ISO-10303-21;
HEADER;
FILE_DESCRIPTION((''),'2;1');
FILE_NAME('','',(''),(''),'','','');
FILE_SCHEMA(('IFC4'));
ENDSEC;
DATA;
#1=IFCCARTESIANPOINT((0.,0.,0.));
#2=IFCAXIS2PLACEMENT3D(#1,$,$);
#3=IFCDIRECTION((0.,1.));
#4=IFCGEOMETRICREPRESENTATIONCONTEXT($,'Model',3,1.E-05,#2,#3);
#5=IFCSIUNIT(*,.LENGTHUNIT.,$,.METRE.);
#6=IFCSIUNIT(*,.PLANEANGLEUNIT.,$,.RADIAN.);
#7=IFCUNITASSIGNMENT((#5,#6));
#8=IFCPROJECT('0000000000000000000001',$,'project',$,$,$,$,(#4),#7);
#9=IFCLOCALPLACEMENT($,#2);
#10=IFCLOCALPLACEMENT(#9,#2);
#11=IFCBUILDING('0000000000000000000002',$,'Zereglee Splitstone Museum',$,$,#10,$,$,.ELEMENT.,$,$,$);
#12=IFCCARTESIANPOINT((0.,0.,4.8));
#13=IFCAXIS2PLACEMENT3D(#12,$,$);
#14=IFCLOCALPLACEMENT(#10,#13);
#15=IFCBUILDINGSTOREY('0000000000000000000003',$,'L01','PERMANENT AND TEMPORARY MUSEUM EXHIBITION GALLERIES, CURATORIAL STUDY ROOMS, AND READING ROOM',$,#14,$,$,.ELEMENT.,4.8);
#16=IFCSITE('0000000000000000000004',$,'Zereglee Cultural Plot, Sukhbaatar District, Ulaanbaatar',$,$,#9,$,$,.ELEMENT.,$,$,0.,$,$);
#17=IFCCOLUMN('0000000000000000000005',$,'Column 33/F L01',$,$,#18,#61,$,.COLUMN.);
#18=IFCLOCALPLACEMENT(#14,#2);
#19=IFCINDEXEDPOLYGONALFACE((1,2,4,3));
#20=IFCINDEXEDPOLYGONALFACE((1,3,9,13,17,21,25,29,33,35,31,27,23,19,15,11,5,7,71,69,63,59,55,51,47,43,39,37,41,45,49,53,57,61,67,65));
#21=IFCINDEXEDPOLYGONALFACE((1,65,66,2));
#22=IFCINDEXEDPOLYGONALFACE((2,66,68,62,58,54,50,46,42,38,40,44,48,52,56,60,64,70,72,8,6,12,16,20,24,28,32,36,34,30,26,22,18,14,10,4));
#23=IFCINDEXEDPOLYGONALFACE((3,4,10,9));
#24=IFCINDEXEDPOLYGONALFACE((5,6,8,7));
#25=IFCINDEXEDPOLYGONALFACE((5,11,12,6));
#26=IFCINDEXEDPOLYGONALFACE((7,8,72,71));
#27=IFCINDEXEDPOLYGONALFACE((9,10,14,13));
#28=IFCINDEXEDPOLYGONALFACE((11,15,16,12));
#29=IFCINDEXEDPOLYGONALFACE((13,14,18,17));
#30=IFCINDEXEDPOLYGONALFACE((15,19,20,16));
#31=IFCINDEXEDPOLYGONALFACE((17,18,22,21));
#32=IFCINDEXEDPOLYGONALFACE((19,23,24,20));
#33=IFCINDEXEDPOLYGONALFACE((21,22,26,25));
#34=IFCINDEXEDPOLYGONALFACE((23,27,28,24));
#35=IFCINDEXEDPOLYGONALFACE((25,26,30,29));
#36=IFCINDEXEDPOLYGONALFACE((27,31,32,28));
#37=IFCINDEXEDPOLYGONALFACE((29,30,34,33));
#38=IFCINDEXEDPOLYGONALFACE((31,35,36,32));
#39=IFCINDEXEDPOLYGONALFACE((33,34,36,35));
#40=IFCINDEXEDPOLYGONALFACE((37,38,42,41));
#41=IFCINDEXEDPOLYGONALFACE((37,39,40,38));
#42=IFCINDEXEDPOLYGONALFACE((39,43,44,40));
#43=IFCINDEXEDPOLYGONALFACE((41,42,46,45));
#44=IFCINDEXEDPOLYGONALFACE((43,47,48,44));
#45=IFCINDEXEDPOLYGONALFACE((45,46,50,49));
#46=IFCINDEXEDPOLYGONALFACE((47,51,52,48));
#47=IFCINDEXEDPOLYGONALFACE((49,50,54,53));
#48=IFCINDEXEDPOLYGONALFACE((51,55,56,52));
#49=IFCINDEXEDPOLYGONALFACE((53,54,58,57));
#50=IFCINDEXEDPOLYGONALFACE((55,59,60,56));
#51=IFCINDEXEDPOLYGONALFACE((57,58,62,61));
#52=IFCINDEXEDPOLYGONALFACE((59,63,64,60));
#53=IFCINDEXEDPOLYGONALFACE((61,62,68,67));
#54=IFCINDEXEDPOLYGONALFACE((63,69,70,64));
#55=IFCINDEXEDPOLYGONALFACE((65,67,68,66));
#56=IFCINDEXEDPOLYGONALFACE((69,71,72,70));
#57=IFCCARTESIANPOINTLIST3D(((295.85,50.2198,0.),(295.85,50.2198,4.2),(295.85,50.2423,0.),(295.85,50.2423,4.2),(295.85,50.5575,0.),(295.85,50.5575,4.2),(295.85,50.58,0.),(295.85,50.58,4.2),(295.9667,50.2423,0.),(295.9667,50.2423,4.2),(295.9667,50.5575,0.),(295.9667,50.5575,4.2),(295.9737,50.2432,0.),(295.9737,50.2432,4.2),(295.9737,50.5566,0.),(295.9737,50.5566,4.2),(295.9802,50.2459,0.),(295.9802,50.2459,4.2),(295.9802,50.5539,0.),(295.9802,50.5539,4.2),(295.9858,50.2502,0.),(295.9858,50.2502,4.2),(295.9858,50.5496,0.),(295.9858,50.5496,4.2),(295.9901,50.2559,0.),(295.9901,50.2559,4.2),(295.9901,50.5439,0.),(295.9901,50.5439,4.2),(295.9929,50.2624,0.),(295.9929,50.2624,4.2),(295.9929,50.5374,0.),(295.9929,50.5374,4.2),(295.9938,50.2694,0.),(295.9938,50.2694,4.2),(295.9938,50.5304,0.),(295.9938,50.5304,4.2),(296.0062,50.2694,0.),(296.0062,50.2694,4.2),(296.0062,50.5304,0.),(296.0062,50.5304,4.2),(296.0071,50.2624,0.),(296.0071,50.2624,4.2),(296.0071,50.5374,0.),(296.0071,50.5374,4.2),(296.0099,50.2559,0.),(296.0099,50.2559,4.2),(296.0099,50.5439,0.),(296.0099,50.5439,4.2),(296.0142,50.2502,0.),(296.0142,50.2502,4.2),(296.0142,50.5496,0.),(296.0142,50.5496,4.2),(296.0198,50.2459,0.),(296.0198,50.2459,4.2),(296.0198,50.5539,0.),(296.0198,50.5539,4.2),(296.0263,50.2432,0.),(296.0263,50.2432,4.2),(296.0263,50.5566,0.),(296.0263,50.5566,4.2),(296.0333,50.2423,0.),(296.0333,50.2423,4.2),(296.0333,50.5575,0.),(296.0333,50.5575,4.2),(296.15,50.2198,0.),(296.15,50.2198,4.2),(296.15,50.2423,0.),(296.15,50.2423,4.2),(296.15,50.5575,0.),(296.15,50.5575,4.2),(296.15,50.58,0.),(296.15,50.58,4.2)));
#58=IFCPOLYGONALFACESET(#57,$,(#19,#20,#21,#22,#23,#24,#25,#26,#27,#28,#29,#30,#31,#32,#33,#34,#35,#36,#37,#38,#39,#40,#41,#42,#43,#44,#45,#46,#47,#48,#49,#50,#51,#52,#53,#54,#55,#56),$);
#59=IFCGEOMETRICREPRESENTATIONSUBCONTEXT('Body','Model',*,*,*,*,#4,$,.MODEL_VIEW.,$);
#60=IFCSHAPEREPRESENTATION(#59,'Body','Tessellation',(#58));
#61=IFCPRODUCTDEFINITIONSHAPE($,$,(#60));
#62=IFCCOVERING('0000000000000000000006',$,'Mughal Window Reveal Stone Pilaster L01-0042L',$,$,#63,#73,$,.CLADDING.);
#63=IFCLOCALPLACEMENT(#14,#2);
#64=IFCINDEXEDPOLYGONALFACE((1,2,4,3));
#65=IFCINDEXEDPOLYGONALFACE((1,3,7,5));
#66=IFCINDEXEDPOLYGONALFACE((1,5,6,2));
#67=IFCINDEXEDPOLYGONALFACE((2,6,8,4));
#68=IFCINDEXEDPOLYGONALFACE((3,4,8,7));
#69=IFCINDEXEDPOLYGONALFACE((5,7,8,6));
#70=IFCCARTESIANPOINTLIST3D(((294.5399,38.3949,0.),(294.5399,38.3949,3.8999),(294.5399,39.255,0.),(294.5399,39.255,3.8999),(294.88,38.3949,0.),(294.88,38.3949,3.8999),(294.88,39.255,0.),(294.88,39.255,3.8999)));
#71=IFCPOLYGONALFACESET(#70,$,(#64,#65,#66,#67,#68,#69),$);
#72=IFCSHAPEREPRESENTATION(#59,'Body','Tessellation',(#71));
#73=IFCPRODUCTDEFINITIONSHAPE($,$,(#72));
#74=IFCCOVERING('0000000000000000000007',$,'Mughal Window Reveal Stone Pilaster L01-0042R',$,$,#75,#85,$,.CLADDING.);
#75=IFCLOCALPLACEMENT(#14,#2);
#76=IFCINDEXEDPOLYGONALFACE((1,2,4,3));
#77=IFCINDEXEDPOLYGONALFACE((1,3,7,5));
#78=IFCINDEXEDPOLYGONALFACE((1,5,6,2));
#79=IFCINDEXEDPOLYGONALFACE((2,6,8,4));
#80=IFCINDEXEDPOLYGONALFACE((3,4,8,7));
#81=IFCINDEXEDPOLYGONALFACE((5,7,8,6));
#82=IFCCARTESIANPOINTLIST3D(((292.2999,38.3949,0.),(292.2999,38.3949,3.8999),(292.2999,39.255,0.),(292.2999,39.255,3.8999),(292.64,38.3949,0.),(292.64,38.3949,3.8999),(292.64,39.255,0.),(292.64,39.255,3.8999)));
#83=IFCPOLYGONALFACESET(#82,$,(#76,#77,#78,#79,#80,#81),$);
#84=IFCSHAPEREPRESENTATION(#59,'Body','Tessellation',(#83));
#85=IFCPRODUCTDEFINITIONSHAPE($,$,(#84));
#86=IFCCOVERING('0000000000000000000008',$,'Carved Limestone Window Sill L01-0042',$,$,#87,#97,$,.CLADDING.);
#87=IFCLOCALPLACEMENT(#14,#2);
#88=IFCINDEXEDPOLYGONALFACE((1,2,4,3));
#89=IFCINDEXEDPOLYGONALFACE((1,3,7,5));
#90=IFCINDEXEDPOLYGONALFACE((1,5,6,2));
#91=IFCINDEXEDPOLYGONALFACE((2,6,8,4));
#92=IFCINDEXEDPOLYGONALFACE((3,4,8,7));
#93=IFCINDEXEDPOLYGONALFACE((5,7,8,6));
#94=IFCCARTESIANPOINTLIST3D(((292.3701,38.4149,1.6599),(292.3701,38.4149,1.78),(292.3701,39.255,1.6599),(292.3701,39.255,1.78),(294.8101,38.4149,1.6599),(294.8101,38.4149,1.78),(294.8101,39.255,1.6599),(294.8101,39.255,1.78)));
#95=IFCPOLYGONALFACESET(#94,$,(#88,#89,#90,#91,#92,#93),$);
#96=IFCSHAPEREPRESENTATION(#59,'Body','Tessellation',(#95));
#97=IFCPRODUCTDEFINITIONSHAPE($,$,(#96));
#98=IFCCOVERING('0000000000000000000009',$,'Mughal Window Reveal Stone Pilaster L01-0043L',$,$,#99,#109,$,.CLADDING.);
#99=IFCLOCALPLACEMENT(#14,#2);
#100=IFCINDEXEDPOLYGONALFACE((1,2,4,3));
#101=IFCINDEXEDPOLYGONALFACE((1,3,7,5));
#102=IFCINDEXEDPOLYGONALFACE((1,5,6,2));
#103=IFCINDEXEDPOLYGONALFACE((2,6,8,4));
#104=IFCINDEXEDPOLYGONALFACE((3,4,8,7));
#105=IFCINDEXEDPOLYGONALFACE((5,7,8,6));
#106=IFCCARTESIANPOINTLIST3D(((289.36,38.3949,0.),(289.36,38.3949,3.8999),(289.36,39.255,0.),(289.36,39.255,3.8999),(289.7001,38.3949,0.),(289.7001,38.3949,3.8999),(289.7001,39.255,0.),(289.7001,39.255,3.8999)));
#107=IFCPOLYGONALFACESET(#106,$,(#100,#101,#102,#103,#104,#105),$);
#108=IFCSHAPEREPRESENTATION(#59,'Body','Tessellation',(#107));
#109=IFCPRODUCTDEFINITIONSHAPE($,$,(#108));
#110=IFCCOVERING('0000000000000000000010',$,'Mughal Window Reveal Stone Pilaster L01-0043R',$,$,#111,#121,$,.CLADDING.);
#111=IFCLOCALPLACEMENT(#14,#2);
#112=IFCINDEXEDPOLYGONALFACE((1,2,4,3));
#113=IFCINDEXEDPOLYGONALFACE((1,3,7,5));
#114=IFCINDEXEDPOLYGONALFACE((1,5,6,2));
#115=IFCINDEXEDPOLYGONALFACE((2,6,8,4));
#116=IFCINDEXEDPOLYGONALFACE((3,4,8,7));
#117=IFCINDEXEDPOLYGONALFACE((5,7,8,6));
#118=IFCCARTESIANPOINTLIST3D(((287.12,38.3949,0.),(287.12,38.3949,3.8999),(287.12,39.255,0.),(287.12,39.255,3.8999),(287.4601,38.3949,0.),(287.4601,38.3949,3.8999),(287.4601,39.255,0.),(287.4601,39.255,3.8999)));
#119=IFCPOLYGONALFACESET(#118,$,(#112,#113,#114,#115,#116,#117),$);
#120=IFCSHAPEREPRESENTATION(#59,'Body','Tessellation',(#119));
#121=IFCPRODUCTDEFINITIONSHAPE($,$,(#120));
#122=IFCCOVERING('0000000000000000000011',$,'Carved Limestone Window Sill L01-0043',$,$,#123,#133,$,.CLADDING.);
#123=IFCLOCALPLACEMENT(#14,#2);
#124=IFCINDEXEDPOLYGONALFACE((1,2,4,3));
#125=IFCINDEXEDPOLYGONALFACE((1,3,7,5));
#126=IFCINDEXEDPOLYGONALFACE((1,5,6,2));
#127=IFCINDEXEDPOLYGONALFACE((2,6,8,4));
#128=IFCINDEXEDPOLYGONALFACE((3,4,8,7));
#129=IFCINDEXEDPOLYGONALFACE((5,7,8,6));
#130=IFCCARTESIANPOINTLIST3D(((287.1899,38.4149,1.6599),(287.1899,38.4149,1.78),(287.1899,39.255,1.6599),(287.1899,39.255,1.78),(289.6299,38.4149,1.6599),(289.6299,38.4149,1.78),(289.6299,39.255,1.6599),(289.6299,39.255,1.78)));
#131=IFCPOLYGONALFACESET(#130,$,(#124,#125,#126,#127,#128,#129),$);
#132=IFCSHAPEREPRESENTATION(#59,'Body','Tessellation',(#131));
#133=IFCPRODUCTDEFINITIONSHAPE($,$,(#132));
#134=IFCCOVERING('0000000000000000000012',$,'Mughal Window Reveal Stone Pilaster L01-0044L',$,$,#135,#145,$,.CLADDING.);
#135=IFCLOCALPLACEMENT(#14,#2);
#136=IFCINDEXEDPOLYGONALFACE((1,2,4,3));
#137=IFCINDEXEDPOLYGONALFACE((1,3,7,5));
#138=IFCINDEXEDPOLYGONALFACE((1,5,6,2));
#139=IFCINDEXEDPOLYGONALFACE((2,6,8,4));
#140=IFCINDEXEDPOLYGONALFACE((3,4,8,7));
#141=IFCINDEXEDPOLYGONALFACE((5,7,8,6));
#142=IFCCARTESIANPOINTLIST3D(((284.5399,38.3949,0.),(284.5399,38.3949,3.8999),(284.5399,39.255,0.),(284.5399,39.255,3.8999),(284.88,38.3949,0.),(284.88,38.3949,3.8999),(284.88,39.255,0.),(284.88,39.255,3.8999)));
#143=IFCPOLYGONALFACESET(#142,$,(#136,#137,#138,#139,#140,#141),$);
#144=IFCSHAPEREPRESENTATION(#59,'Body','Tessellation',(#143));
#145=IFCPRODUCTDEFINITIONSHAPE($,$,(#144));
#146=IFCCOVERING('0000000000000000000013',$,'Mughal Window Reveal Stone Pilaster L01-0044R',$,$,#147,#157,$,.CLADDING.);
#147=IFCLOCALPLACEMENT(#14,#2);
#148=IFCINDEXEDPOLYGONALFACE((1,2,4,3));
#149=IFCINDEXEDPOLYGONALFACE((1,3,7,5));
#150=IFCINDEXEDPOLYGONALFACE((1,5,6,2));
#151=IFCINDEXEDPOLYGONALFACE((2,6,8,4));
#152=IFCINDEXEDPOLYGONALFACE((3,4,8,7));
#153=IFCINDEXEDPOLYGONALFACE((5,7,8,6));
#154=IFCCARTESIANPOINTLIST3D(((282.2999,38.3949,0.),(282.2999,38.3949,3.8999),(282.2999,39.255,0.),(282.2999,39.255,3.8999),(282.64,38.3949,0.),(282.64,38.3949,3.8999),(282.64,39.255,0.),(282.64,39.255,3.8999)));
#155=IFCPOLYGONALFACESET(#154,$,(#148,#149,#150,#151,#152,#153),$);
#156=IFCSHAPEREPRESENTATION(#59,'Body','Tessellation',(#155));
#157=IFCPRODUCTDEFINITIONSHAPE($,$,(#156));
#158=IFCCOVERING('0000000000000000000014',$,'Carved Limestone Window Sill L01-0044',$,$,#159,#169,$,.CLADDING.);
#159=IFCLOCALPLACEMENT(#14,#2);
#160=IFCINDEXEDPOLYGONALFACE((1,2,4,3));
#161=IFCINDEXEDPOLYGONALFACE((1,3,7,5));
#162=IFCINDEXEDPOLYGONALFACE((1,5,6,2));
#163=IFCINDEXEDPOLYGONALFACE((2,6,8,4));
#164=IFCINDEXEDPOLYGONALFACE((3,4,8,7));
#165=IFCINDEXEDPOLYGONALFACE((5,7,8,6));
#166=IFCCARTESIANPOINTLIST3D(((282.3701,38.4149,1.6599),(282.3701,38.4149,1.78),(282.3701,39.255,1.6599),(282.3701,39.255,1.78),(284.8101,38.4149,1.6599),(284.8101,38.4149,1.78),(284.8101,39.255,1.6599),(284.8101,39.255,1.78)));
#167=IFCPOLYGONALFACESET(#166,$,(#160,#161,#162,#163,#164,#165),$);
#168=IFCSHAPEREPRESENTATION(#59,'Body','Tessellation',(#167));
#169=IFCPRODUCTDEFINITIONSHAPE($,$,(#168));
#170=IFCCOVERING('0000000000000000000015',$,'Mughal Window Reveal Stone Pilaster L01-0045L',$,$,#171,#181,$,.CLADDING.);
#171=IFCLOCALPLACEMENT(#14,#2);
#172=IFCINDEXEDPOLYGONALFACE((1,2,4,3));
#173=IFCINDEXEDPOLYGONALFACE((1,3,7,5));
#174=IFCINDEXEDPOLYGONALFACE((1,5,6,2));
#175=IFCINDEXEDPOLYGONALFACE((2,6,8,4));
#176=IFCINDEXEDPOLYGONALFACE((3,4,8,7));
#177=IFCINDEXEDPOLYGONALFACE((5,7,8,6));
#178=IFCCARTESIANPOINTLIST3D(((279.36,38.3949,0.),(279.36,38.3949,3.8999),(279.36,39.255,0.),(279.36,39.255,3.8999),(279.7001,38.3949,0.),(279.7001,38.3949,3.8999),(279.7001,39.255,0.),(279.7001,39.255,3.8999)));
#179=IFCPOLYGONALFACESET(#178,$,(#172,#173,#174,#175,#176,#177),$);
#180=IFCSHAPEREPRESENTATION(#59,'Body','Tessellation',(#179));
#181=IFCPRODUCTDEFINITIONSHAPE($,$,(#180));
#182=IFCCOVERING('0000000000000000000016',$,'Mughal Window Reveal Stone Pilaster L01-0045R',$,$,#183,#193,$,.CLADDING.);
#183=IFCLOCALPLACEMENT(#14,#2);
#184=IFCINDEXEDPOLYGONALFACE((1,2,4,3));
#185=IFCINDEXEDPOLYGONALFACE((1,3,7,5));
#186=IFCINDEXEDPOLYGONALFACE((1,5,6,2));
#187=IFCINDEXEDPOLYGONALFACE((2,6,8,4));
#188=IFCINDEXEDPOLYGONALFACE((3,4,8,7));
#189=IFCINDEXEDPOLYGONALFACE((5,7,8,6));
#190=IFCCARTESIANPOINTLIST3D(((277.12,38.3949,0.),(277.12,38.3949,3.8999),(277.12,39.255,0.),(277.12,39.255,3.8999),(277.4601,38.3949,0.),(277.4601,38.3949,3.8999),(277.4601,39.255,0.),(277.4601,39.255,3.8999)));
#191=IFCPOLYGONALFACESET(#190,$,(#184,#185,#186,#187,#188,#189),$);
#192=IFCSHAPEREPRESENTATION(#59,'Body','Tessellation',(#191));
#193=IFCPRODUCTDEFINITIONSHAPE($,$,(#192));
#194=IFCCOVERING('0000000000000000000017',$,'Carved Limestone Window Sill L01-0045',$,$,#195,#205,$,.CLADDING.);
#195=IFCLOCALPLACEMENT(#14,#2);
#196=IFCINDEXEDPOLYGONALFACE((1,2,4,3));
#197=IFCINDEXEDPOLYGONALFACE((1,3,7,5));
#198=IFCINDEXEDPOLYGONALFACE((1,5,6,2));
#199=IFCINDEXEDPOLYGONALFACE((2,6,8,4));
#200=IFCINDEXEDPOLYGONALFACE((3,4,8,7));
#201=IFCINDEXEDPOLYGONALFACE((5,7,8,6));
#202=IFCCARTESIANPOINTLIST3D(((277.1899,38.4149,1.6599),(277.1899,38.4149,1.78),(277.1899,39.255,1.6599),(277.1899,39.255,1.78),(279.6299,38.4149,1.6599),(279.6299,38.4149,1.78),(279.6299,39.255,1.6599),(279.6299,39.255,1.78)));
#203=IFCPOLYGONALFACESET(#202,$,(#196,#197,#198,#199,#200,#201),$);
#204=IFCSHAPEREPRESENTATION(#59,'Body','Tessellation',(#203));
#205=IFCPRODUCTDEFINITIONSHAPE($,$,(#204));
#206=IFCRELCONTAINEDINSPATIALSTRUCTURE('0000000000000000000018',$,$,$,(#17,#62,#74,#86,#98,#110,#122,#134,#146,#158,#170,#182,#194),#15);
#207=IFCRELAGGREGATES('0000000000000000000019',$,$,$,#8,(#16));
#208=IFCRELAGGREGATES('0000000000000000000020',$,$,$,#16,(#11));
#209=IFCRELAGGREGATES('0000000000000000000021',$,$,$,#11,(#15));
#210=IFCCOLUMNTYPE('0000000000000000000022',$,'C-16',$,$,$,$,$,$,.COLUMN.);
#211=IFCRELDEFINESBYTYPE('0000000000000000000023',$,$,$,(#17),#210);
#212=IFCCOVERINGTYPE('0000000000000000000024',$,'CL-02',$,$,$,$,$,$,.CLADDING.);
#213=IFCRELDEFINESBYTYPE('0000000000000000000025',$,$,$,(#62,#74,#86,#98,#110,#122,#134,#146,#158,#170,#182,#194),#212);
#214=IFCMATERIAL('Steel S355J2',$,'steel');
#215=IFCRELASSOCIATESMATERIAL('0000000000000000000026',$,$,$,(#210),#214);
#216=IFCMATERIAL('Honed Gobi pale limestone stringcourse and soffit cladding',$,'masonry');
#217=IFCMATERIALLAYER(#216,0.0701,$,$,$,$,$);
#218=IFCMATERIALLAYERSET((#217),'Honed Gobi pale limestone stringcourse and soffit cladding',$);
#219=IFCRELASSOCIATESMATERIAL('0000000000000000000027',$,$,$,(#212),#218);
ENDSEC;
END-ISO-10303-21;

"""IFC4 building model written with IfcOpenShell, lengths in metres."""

from ifc_helpers import new_model, si_unit, direction, frame, origin, origin_2d, place, context, subcontext, project, spatial, rectangle, i_section, extrude, material, layer, layer_set, material_profile, profile_set, type_object, element, save


model = new_model("IFC4")

# Units and contexts
model_context = context("Model", 3, precision=1e-05, world=origin(), true_north=direction((0.0, 1.0)))
body_context = subcontext(model_context, "Body", "Model", "MODEL_VIEW")
ifc_project = project(units=[si_unit("LENGTHUNIT", "METRE"), si_unit("PLANEANGLEUNIT", "RADIAN")], contexts=[model_context])

# Site, building, storey
site_placement = place(None, origin())
site = spatial("IfcSite", under=ifc_project, at=site_placement, Name="Zereglee Cultural Plot, Sukhbaatar District, Ulaanbaatar", CompositionType="ELEMENT", RefElevation=0.0)
building_placement = place(site_placement, origin())
building = spatial("IfcBuilding", under=site, at=building_placement, Name="Zereglee Splitstone Museum", CompositionType="ELEMENT")
storey_placement = place(building_placement, frame((0.0, 0.0, 4.8)))
storey = spatial("IfcBuildingStorey", under=building, at=storey_placement, Name="L01", Description="PERMANENT AND TEMPORARY MUSEUM EXHIBITION GALLERIES, CURATORIAL STUDY ROOMS, AND READING ROOM", CompositionType="ELEMENT", Elevation=4.8)

# Column
ifc_material_1 = material(Name="Steel S355J2", Category="steel")
ifc_material_profile = material_profile(ifc_material_1, i_section(OverallWidth=0.3, OverallDepth=0.3601, WebThickness=0.0125, FlangeThickness=0.0225, FilletRadius=0.0271, at=origin_2d()), Name="HE 360 B")
ifc_profile_set = profile_set([ifc_material_profile], Name="Steel S355J2")
column_type = type_object("IfcColumnType", Name="C-16", PredefinedType="COLUMN", material=ifc_profile_set)
column_placement = place(storey_placement, frame((296.0, 50.3999, 0.0), z_axis=(0.0, 0.0, 1.0), x_axis=(1.0, 0.0, 0.0)))
element("IfcColumn", 1, at=column_placement, inside=storey, type_object=column_type, Name="Column 33/F L01", PredefinedType="COLUMN", context=body_context, shape_type="SweptSolid", body=[
    extrude(i_section(OverallWidth=0.3, OverallDepth=0.3601, WebThickness=0.0125, FlangeThickness=0.0225, FilletRadius=0.0271, at=origin_2d()), origin(), (0.0, 0.0, 1.0), 4.2),
])

# Coverings
ifc_material_2 = material(Name="Honed Gobi pale limestone stringcourse and soffit cladding", Category="masonry")
ifc_layer_1 = layer(ifc_material_2, 0.0701)
ifc_layer_set_1 = layer_set([ifc_layer_1], Name="Honed Gobi pale limestone stringcourse and soffit cladding")
covering_type_1 = type_object("IfcCoveringType", Name="CL-02", PredefinedType="CLADDING", material=ifc_layer_set_1)
for number, where, z_axis, x_axis, name in (
    (2, (294.71, 38.825, 0.0), (0.0, 0.0, 1.0), (-1.0, 0.0, 0.0), "Mughal Window Reveal Stone Pilaster L01-0042L"),
    (3, (292.47, 38.825, 0.0), (0.0, 0.0, 1.0), (-1.0, 0.0, 0.0), "Mughal Window Reveal Stone Pilaster L01-0042R"),
):
    element("IfcCovering", number, at=place(storey_placement, frame(where, z_axis=z_axis, x_axis=x_axis)), inside=storey, type_object=covering_type_1, Name=name, PredefinedType="CLADDING", context=body_context, shape_type="SweptSolid", body=[
        extrude(rectangle(XDim=0.3401, YDim=0.8601, at=origin_2d()), origin(), (0.0, 0.0, 1.0), 3.8999),
    ])
covering_1_placement = place(storey_placement, frame((293.5901, 38.835, 1.6599), z_axis=(0.0, 0.0, 1.0), x_axis=(-1.0, 0.0, 0.0)))
element("IfcCovering", 4, at=covering_1_placement, inside=storey, type_object=covering_type_1, Name="Carved Limestone Window Sill L01-0042", PredefinedType="CLADDING", context=body_context, shape_type="SweptSolid", body=[
    extrude(rectangle(XDim=2.4399, YDim=0.8401, at=origin_2d()), origin(), (0.0, 0.0, 1.0), 0.1201),
])
for number, where, z_axis, x_axis, name in (
    (5, (289.53, 38.825, 0.0), (0.0, 0.0, 1.0), (-1.0, 0.0, 0.0), "Mughal Window Reveal Stone Pilaster L01-0043L"),
    (6, (287.29, 38.825, 0.0), (0.0, 0.0, 1.0), (-1.0, 0.0, 0.0), "Mughal Window Reveal Stone Pilaster L01-0043R"),
):
    element("IfcCovering", number, at=place(storey_placement, frame(where, z_axis=z_axis, x_axis=x_axis)), inside=storey, type_object=covering_type_1, Name=name, PredefinedType="CLADDING", context=body_context, shape_type="SweptSolid", body=[
        extrude(rectangle(XDim=0.3401, YDim=0.8601, at=origin_2d()), origin(), (0.0, 0.0, 1.0), 3.8999),
    ])
covering_2_placement = place(storey_placement, frame((288.4099, 38.835, 1.6599), z_axis=(0.0, 0.0, 1.0), x_axis=(-1.0, 0.0, 0.0)))
element("IfcCovering", 7, at=covering_2_placement, inside=storey, type_object=covering_type_1, Name="Carved Limestone Window Sill L01-0043", PredefinedType="CLADDING", context=body_context, shape_type="SweptSolid", body=[
    extrude(rectangle(XDim=2.4399, YDim=0.8401, at=origin_2d()), origin(), (0.0, 0.0, 1.0), 0.1201),
])
for number, where, z_axis, x_axis, name in (
    (8, (284.71, 38.825, 0.0), (0.0, 0.0, 1.0), (-1.0, 0.0, 0.0), "Mughal Window Reveal Stone Pilaster L01-0044L"),
    (9, (282.47, 38.825, 0.0), (0.0, 0.0, 1.0), (-1.0, 0.0, 0.0), "Mughal Window Reveal Stone Pilaster L01-0044R"),
):
    element("IfcCovering", number, at=place(storey_placement, frame(where, z_axis=z_axis, x_axis=x_axis)), inside=storey, type_object=covering_type_1, Name=name, PredefinedType="CLADDING", context=body_context, shape_type="SweptSolid", body=[
        extrude(rectangle(XDim=0.3401, YDim=0.8601, at=origin_2d()), origin(), (0.0, 0.0, 1.0), 3.8999),
    ])
covering_3_placement = place(storey_placement, frame((283.5901, 38.835, 1.6599), z_axis=(0.0, 0.0, 1.0), x_axis=(-1.0, 0.0, 0.0)))
element("IfcCovering", 10, at=covering_3_placement, inside=storey, type_object=covering_type_1, Name="Carved Limestone Window Sill L01-0044", PredefinedType="CLADDING", context=body_context, shape_type="SweptSolid", body=[
    extrude(rectangle(XDim=2.4399, YDim=0.8401, at=origin_2d()), origin(), (0.0, 0.0, 1.0), 0.1201),
])
for number, where, z_axis, x_axis, name in (
    (11, (279.53, 38.825, 0.0), (0.0, 0.0, 1.0), (-1.0, 0.0, 0.0), "Mughal Window Reveal Stone Pilaster L01-0045L"),
    (12, (277.29, 38.825, 0.0), (0.0, 0.0, 1.0), (-1.0, 0.0, 0.0), "Mughal Window Reveal Stone Pilaster L01-0045R"),
):
    element("IfcCovering", number, at=place(storey_placement, frame(where, z_axis=z_axis, x_axis=x_axis)), inside=storey, type_object=covering_type_1, Name=name, PredefinedType="CLADDING", context=body_context, shape_type="SweptSolid", body=[
        extrude(rectangle(XDim=0.3401, YDim=0.8601, at=origin_2d()), origin(), (0.0, 0.0, 1.0), 3.8999),
    ])
covering_4_placement = place(storey_placement, frame((278.4099, 38.835, 1.6599), z_axis=(0.0, 0.0, 1.0), x_axis=(-1.0, 0.0, 0.0)))
element("IfcCovering", 13, at=covering_4_placement, inside=storey, type_object=covering_type_1, Name="Carved Limestone Window Sill L01-0045", PredefinedType="CLADDING", context=body_context, shape_type="SweptSolid", body=[
    extrude(rectangle(XDim=2.4399, YDim=0.8401, at=origin_2d()), origin(), (0.0, 0.0, 1.0), 0.1201),
])

save(model, "model.ifc")
